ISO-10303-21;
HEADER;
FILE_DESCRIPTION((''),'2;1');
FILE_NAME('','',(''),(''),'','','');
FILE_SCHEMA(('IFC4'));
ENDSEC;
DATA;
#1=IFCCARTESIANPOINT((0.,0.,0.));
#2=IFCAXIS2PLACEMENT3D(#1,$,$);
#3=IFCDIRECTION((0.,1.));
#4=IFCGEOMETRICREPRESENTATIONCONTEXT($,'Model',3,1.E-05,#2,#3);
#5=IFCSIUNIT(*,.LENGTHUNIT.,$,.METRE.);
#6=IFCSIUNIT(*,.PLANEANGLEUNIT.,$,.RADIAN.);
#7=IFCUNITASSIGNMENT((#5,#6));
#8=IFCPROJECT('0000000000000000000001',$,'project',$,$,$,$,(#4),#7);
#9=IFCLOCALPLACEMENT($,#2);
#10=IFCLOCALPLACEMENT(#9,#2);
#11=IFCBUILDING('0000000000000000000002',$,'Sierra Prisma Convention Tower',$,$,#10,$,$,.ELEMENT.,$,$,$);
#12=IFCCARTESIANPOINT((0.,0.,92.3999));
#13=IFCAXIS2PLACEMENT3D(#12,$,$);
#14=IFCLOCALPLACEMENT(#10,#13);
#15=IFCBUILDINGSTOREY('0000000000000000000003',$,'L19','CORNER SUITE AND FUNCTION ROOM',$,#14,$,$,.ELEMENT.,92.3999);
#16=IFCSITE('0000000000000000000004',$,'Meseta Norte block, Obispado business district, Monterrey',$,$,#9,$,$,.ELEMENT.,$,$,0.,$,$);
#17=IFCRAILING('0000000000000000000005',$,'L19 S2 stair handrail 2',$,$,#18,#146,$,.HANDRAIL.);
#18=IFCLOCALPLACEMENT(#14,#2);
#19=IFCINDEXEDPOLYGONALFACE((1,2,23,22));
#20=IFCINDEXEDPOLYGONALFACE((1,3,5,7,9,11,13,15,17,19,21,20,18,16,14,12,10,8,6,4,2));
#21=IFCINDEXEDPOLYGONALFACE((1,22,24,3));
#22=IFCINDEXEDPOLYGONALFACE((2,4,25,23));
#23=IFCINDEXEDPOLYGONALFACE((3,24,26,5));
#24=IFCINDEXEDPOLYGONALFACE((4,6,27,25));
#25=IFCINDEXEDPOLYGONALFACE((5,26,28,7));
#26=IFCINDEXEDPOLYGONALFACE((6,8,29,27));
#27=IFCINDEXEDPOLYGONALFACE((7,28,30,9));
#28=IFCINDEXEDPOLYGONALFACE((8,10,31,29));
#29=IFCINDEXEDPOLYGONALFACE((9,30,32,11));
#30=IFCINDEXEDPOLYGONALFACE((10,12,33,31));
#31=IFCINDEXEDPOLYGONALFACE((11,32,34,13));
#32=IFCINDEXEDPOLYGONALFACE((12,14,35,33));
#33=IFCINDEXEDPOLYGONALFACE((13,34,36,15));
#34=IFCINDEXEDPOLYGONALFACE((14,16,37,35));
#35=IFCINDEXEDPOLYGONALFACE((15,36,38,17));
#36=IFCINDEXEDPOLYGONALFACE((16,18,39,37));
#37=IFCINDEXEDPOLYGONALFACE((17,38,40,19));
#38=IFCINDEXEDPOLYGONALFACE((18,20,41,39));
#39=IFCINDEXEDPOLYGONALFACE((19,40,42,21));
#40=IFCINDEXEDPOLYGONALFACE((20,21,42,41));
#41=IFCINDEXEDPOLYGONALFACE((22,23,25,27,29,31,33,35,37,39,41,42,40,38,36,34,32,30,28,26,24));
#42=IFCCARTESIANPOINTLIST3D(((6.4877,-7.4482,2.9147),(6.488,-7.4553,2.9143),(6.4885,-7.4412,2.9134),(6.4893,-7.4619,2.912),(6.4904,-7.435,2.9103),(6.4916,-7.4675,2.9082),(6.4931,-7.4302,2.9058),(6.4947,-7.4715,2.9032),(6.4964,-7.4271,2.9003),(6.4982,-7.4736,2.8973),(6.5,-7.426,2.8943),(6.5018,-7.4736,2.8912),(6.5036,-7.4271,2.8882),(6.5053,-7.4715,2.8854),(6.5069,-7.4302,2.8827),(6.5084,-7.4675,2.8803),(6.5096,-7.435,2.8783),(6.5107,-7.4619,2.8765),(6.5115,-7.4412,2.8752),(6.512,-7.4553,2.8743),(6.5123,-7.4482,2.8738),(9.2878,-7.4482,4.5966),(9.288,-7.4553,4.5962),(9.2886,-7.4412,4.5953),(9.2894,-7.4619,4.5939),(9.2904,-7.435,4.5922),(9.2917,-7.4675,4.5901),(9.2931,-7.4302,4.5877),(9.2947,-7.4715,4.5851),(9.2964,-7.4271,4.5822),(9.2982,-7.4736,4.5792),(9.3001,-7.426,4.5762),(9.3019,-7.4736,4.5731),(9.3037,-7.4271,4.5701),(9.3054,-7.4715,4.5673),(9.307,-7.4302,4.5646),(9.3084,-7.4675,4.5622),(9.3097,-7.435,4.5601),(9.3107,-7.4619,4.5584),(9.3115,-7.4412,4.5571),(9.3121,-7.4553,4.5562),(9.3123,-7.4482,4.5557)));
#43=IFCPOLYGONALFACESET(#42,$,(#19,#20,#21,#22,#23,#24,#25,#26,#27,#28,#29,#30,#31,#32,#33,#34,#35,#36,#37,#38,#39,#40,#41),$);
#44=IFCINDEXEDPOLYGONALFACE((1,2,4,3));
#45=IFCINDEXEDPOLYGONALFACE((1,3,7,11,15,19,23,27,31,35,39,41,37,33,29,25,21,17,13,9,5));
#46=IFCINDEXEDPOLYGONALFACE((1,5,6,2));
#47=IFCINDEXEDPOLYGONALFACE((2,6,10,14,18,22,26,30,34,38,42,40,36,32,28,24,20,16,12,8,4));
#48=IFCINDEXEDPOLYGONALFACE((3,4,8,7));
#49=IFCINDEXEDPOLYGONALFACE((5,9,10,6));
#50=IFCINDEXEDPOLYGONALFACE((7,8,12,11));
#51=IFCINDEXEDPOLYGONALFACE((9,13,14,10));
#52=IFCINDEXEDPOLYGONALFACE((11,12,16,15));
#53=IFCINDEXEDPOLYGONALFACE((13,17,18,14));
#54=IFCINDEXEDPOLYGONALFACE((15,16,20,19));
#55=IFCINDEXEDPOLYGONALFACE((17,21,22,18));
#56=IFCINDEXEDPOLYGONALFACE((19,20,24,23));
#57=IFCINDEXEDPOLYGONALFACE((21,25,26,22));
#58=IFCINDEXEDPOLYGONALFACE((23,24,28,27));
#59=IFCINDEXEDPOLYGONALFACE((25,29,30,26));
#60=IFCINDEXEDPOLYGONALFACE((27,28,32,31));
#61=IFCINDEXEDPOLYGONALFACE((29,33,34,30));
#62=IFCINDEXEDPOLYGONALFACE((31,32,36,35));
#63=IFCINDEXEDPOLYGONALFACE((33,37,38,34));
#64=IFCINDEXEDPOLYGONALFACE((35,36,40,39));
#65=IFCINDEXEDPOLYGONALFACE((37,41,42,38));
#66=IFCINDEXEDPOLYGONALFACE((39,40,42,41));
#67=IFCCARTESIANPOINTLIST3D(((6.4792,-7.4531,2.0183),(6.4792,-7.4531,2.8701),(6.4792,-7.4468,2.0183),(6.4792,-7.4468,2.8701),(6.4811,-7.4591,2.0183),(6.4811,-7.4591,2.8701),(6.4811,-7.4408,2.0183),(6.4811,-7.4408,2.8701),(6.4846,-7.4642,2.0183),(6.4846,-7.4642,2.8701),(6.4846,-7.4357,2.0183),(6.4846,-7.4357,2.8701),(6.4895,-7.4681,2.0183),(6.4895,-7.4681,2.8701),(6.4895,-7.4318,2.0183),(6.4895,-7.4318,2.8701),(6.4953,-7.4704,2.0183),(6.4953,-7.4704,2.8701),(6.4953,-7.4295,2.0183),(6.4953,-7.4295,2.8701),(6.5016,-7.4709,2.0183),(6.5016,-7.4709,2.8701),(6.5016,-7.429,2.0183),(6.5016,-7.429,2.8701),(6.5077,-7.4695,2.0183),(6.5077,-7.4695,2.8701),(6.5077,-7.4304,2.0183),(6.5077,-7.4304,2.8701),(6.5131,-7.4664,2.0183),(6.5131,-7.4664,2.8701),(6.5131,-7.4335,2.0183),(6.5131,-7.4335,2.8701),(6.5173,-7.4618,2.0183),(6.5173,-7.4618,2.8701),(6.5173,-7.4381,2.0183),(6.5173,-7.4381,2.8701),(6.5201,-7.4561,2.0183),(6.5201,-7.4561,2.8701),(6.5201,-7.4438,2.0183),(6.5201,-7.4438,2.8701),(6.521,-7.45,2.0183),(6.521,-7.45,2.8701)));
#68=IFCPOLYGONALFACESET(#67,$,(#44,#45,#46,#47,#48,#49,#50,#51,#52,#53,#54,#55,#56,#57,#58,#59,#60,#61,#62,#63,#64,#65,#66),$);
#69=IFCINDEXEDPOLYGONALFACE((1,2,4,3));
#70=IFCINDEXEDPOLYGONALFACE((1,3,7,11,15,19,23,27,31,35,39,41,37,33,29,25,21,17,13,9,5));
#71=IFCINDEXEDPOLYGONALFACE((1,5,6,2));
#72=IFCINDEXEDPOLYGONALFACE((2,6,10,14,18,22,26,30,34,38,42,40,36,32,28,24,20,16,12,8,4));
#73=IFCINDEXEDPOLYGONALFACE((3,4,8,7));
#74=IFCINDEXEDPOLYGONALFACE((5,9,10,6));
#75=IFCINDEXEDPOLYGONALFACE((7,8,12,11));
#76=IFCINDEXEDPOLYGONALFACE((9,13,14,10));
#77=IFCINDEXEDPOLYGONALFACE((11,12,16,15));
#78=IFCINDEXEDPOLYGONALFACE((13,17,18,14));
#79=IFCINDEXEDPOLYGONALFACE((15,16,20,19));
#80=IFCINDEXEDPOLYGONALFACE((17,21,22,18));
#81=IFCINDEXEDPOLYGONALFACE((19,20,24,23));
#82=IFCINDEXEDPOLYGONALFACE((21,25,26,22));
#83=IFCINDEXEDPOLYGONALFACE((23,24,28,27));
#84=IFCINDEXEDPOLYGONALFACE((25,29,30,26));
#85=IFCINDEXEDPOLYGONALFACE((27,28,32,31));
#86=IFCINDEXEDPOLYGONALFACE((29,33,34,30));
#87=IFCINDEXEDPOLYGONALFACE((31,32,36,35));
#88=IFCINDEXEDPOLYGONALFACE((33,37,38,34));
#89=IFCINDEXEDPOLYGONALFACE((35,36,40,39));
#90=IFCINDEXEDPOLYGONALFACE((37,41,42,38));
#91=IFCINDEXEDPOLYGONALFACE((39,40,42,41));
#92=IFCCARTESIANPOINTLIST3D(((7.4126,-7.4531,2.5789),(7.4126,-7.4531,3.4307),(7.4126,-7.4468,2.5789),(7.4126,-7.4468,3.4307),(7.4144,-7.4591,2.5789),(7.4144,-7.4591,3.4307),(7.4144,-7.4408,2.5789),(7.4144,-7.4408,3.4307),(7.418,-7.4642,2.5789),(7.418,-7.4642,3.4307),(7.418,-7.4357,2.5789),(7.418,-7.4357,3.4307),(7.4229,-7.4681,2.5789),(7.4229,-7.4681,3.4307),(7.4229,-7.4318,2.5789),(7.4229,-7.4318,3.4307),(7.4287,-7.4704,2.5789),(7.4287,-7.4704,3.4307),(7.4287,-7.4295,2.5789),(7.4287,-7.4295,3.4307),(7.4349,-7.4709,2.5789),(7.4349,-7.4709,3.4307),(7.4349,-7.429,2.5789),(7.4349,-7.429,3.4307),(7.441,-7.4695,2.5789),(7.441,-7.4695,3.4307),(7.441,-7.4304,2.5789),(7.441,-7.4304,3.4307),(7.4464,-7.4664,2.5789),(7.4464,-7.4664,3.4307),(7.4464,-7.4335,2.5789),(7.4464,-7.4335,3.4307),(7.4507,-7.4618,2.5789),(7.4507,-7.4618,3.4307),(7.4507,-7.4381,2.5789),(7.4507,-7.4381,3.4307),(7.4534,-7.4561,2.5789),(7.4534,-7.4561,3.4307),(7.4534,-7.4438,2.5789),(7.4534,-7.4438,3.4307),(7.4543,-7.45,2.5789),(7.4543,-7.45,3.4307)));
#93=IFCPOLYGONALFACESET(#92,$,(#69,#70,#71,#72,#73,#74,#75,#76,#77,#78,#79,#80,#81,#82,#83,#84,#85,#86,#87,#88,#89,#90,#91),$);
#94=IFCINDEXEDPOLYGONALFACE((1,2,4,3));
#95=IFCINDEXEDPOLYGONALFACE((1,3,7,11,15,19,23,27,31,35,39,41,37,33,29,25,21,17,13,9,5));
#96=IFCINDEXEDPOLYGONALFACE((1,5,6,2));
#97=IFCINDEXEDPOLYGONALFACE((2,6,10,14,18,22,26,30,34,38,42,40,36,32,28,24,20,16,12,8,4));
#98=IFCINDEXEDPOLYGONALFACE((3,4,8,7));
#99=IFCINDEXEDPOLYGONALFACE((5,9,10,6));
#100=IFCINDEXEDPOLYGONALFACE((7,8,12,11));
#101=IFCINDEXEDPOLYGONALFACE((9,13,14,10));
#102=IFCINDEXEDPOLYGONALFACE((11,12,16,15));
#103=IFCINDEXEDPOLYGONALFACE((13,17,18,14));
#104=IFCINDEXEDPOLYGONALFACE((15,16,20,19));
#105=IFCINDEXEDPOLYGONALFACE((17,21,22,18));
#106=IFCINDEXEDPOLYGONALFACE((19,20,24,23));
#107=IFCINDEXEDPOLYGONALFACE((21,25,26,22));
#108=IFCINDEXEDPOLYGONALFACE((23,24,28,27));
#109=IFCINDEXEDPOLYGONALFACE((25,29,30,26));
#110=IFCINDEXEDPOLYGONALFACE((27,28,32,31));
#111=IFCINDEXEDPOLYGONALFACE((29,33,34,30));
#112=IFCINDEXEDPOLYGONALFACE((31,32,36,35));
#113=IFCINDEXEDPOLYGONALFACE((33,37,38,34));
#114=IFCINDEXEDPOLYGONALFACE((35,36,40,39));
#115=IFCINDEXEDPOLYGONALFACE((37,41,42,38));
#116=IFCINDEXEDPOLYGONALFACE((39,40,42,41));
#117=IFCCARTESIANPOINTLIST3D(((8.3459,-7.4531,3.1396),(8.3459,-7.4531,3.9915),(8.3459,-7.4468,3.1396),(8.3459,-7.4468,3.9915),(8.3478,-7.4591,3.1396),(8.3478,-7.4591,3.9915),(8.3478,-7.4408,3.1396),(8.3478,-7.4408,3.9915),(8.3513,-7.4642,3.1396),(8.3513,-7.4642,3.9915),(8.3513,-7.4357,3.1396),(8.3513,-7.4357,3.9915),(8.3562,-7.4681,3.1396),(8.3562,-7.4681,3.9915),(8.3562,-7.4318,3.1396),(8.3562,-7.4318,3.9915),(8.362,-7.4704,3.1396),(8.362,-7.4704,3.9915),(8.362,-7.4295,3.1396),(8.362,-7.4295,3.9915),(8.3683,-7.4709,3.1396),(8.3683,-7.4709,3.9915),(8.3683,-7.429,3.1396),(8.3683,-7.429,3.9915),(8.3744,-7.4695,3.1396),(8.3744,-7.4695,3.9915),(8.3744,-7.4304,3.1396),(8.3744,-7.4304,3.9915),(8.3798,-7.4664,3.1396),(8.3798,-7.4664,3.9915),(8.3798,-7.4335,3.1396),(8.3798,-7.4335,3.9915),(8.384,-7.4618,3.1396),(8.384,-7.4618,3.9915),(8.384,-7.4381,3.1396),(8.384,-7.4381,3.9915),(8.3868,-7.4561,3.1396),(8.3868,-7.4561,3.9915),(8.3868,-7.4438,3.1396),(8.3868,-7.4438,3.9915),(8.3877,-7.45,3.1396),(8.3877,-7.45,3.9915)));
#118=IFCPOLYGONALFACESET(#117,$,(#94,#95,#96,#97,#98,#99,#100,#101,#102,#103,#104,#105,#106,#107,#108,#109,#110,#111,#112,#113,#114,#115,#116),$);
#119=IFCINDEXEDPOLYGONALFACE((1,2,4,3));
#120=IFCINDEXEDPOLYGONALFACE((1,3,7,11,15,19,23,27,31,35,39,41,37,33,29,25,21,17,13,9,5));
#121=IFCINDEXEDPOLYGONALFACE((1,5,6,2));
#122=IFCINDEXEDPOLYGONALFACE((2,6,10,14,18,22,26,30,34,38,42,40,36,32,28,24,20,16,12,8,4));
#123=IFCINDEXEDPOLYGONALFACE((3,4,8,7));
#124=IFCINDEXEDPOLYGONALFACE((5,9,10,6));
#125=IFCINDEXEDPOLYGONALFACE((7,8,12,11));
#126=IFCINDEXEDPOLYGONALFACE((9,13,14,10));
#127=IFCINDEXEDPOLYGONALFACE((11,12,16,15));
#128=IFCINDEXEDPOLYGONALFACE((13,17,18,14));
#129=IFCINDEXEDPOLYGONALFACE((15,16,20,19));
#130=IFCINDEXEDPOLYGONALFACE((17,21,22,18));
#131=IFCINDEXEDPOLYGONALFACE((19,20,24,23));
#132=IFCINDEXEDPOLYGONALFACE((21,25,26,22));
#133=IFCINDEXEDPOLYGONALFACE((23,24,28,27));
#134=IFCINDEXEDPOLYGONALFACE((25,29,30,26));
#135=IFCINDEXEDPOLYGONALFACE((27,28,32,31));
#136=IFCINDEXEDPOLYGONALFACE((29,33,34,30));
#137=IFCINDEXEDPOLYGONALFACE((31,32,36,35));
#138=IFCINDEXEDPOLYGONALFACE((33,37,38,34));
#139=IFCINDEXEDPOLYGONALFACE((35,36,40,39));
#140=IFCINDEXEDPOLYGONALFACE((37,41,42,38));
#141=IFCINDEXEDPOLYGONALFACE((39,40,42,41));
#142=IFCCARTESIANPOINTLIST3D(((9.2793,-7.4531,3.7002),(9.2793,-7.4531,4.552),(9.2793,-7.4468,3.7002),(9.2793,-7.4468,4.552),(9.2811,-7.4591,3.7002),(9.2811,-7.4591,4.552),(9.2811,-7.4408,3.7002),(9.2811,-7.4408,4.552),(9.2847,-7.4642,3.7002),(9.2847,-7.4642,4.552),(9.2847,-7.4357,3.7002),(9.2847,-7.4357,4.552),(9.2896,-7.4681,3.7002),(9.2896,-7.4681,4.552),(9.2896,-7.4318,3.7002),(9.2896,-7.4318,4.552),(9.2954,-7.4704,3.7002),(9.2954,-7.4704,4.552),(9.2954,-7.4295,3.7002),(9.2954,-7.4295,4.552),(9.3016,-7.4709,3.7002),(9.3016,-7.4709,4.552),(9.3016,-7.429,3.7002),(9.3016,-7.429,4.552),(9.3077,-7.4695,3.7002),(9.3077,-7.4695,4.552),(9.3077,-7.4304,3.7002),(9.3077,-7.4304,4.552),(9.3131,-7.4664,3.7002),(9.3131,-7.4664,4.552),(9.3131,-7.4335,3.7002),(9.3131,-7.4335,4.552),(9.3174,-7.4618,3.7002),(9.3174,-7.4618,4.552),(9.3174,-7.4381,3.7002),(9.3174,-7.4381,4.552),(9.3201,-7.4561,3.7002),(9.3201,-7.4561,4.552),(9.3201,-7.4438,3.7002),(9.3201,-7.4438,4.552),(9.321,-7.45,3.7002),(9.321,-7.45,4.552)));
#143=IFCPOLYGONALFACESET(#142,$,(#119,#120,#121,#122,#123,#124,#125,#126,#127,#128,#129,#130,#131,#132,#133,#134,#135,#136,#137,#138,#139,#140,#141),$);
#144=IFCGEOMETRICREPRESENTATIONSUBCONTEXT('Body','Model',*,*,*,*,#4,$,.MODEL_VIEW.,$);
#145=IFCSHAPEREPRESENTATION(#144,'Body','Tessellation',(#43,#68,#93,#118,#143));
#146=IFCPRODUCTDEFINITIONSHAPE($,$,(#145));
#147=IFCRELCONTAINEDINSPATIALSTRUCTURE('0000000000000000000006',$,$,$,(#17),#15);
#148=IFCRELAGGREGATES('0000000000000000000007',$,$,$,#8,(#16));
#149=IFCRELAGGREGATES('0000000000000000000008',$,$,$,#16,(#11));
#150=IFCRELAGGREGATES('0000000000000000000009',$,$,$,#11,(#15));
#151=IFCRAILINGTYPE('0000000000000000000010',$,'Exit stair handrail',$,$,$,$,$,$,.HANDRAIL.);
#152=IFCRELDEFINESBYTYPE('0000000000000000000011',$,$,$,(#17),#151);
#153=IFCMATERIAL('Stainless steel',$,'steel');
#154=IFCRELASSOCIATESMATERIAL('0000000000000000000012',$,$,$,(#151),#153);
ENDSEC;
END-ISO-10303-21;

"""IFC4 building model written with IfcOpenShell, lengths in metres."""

from ifc_helpers import new_model, si_unit, direction, frame, origin, origin_2d, place, context, subcontext, project, spatial, circle, extrude, material, type_object, element, save


model = new_model("IFC4")

# Units and contexts
model_context = context("Model", 3, precision=1e-05, world=origin(), true_north=direction((0.0, 1.0)))
body_context = subcontext(model_context, "Body", "Model", "MODEL_VIEW")
ifc_project = project(units=[si_unit("LENGTHUNIT", "METRE"), si_unit("PLANEANGLEUNIT", "RADIAN")], contexts=[model_context])

# Site, building, storey
site_placement = place(None, origin())
site = spatial("IfcSite", under=ifc_project, at=site_placement, Name="Meseta Norte block, Obispado business district, Monterrey", CompositionType="ELEMENT", RefElevation=0.0)
building_placement = place(site_placement, origin())
building = spatial("IfcBuilding", under=site, at=building_placement, Name="Sierra Prisma Convention Tower", CompositionType="ELEMENT")
storey_placement = place(building_placement, frame((0.0, 0.0, 92.3999)))
storey = spatial("IfcBuildingStorey", under=building, at=storey_placement, Name="L19", Description="CORNER SUITE AND FUNCTION ROOM", CompositionType="ELEMENT", Elevation=92.3999)

# Railing
ifc_material_1 = material(Name="Stainless steel", Category="steel")
railing_type_1 = type_object("IfcRailingType", Name="Exit stair handrail", PredefinedType="HANDRAIL", material=ifc_material_1)
railing_1_placement = place(storey_placement, frame((6.5, -7.45, 2.0183)))
element("IfcRailing", 1, at=railing_1_placement, inside=storey, type_object=railing_type_1, Name="L19 S2 stair handrail 2", PredefinedType="HANDRAIL", context=body_context, shape_type="SweptSolid", body=[
    extrude(circle(Radius=0.0239, at=origin_2d()), frame((0.0, 0.0, 0.876), z_axis=(0.857242, 0.0, 0.514913), x_axis=(0.0, 1.0, 0.0)), (0.0, 0.0, 1.0), 3.2664),
    extrude(circle(Radius=0.021, at=origin_2d()), origin(), (0.0, 0.0, 1.0), 0.8518),
    extrude(circle(Radius=0.021, at=origin_2d()), frame((0.9333, 0.0, 0.5605)), (0.0, 0.0, 1.0), 0.8518),
    extrude(circle(Radius=0.021, at=origin_2d()), frame((1.8667, 0.0, 1.1213)), (0.0, 0.0, 1.0), 0.8518),
    extrude(circle(Radius=0.021, at=origin_2d()), frame((2.8, 0.0, 1.6819)), (0.0, 0.0, 1.0), 0.8518),
])

save(model, "model.ifc")
